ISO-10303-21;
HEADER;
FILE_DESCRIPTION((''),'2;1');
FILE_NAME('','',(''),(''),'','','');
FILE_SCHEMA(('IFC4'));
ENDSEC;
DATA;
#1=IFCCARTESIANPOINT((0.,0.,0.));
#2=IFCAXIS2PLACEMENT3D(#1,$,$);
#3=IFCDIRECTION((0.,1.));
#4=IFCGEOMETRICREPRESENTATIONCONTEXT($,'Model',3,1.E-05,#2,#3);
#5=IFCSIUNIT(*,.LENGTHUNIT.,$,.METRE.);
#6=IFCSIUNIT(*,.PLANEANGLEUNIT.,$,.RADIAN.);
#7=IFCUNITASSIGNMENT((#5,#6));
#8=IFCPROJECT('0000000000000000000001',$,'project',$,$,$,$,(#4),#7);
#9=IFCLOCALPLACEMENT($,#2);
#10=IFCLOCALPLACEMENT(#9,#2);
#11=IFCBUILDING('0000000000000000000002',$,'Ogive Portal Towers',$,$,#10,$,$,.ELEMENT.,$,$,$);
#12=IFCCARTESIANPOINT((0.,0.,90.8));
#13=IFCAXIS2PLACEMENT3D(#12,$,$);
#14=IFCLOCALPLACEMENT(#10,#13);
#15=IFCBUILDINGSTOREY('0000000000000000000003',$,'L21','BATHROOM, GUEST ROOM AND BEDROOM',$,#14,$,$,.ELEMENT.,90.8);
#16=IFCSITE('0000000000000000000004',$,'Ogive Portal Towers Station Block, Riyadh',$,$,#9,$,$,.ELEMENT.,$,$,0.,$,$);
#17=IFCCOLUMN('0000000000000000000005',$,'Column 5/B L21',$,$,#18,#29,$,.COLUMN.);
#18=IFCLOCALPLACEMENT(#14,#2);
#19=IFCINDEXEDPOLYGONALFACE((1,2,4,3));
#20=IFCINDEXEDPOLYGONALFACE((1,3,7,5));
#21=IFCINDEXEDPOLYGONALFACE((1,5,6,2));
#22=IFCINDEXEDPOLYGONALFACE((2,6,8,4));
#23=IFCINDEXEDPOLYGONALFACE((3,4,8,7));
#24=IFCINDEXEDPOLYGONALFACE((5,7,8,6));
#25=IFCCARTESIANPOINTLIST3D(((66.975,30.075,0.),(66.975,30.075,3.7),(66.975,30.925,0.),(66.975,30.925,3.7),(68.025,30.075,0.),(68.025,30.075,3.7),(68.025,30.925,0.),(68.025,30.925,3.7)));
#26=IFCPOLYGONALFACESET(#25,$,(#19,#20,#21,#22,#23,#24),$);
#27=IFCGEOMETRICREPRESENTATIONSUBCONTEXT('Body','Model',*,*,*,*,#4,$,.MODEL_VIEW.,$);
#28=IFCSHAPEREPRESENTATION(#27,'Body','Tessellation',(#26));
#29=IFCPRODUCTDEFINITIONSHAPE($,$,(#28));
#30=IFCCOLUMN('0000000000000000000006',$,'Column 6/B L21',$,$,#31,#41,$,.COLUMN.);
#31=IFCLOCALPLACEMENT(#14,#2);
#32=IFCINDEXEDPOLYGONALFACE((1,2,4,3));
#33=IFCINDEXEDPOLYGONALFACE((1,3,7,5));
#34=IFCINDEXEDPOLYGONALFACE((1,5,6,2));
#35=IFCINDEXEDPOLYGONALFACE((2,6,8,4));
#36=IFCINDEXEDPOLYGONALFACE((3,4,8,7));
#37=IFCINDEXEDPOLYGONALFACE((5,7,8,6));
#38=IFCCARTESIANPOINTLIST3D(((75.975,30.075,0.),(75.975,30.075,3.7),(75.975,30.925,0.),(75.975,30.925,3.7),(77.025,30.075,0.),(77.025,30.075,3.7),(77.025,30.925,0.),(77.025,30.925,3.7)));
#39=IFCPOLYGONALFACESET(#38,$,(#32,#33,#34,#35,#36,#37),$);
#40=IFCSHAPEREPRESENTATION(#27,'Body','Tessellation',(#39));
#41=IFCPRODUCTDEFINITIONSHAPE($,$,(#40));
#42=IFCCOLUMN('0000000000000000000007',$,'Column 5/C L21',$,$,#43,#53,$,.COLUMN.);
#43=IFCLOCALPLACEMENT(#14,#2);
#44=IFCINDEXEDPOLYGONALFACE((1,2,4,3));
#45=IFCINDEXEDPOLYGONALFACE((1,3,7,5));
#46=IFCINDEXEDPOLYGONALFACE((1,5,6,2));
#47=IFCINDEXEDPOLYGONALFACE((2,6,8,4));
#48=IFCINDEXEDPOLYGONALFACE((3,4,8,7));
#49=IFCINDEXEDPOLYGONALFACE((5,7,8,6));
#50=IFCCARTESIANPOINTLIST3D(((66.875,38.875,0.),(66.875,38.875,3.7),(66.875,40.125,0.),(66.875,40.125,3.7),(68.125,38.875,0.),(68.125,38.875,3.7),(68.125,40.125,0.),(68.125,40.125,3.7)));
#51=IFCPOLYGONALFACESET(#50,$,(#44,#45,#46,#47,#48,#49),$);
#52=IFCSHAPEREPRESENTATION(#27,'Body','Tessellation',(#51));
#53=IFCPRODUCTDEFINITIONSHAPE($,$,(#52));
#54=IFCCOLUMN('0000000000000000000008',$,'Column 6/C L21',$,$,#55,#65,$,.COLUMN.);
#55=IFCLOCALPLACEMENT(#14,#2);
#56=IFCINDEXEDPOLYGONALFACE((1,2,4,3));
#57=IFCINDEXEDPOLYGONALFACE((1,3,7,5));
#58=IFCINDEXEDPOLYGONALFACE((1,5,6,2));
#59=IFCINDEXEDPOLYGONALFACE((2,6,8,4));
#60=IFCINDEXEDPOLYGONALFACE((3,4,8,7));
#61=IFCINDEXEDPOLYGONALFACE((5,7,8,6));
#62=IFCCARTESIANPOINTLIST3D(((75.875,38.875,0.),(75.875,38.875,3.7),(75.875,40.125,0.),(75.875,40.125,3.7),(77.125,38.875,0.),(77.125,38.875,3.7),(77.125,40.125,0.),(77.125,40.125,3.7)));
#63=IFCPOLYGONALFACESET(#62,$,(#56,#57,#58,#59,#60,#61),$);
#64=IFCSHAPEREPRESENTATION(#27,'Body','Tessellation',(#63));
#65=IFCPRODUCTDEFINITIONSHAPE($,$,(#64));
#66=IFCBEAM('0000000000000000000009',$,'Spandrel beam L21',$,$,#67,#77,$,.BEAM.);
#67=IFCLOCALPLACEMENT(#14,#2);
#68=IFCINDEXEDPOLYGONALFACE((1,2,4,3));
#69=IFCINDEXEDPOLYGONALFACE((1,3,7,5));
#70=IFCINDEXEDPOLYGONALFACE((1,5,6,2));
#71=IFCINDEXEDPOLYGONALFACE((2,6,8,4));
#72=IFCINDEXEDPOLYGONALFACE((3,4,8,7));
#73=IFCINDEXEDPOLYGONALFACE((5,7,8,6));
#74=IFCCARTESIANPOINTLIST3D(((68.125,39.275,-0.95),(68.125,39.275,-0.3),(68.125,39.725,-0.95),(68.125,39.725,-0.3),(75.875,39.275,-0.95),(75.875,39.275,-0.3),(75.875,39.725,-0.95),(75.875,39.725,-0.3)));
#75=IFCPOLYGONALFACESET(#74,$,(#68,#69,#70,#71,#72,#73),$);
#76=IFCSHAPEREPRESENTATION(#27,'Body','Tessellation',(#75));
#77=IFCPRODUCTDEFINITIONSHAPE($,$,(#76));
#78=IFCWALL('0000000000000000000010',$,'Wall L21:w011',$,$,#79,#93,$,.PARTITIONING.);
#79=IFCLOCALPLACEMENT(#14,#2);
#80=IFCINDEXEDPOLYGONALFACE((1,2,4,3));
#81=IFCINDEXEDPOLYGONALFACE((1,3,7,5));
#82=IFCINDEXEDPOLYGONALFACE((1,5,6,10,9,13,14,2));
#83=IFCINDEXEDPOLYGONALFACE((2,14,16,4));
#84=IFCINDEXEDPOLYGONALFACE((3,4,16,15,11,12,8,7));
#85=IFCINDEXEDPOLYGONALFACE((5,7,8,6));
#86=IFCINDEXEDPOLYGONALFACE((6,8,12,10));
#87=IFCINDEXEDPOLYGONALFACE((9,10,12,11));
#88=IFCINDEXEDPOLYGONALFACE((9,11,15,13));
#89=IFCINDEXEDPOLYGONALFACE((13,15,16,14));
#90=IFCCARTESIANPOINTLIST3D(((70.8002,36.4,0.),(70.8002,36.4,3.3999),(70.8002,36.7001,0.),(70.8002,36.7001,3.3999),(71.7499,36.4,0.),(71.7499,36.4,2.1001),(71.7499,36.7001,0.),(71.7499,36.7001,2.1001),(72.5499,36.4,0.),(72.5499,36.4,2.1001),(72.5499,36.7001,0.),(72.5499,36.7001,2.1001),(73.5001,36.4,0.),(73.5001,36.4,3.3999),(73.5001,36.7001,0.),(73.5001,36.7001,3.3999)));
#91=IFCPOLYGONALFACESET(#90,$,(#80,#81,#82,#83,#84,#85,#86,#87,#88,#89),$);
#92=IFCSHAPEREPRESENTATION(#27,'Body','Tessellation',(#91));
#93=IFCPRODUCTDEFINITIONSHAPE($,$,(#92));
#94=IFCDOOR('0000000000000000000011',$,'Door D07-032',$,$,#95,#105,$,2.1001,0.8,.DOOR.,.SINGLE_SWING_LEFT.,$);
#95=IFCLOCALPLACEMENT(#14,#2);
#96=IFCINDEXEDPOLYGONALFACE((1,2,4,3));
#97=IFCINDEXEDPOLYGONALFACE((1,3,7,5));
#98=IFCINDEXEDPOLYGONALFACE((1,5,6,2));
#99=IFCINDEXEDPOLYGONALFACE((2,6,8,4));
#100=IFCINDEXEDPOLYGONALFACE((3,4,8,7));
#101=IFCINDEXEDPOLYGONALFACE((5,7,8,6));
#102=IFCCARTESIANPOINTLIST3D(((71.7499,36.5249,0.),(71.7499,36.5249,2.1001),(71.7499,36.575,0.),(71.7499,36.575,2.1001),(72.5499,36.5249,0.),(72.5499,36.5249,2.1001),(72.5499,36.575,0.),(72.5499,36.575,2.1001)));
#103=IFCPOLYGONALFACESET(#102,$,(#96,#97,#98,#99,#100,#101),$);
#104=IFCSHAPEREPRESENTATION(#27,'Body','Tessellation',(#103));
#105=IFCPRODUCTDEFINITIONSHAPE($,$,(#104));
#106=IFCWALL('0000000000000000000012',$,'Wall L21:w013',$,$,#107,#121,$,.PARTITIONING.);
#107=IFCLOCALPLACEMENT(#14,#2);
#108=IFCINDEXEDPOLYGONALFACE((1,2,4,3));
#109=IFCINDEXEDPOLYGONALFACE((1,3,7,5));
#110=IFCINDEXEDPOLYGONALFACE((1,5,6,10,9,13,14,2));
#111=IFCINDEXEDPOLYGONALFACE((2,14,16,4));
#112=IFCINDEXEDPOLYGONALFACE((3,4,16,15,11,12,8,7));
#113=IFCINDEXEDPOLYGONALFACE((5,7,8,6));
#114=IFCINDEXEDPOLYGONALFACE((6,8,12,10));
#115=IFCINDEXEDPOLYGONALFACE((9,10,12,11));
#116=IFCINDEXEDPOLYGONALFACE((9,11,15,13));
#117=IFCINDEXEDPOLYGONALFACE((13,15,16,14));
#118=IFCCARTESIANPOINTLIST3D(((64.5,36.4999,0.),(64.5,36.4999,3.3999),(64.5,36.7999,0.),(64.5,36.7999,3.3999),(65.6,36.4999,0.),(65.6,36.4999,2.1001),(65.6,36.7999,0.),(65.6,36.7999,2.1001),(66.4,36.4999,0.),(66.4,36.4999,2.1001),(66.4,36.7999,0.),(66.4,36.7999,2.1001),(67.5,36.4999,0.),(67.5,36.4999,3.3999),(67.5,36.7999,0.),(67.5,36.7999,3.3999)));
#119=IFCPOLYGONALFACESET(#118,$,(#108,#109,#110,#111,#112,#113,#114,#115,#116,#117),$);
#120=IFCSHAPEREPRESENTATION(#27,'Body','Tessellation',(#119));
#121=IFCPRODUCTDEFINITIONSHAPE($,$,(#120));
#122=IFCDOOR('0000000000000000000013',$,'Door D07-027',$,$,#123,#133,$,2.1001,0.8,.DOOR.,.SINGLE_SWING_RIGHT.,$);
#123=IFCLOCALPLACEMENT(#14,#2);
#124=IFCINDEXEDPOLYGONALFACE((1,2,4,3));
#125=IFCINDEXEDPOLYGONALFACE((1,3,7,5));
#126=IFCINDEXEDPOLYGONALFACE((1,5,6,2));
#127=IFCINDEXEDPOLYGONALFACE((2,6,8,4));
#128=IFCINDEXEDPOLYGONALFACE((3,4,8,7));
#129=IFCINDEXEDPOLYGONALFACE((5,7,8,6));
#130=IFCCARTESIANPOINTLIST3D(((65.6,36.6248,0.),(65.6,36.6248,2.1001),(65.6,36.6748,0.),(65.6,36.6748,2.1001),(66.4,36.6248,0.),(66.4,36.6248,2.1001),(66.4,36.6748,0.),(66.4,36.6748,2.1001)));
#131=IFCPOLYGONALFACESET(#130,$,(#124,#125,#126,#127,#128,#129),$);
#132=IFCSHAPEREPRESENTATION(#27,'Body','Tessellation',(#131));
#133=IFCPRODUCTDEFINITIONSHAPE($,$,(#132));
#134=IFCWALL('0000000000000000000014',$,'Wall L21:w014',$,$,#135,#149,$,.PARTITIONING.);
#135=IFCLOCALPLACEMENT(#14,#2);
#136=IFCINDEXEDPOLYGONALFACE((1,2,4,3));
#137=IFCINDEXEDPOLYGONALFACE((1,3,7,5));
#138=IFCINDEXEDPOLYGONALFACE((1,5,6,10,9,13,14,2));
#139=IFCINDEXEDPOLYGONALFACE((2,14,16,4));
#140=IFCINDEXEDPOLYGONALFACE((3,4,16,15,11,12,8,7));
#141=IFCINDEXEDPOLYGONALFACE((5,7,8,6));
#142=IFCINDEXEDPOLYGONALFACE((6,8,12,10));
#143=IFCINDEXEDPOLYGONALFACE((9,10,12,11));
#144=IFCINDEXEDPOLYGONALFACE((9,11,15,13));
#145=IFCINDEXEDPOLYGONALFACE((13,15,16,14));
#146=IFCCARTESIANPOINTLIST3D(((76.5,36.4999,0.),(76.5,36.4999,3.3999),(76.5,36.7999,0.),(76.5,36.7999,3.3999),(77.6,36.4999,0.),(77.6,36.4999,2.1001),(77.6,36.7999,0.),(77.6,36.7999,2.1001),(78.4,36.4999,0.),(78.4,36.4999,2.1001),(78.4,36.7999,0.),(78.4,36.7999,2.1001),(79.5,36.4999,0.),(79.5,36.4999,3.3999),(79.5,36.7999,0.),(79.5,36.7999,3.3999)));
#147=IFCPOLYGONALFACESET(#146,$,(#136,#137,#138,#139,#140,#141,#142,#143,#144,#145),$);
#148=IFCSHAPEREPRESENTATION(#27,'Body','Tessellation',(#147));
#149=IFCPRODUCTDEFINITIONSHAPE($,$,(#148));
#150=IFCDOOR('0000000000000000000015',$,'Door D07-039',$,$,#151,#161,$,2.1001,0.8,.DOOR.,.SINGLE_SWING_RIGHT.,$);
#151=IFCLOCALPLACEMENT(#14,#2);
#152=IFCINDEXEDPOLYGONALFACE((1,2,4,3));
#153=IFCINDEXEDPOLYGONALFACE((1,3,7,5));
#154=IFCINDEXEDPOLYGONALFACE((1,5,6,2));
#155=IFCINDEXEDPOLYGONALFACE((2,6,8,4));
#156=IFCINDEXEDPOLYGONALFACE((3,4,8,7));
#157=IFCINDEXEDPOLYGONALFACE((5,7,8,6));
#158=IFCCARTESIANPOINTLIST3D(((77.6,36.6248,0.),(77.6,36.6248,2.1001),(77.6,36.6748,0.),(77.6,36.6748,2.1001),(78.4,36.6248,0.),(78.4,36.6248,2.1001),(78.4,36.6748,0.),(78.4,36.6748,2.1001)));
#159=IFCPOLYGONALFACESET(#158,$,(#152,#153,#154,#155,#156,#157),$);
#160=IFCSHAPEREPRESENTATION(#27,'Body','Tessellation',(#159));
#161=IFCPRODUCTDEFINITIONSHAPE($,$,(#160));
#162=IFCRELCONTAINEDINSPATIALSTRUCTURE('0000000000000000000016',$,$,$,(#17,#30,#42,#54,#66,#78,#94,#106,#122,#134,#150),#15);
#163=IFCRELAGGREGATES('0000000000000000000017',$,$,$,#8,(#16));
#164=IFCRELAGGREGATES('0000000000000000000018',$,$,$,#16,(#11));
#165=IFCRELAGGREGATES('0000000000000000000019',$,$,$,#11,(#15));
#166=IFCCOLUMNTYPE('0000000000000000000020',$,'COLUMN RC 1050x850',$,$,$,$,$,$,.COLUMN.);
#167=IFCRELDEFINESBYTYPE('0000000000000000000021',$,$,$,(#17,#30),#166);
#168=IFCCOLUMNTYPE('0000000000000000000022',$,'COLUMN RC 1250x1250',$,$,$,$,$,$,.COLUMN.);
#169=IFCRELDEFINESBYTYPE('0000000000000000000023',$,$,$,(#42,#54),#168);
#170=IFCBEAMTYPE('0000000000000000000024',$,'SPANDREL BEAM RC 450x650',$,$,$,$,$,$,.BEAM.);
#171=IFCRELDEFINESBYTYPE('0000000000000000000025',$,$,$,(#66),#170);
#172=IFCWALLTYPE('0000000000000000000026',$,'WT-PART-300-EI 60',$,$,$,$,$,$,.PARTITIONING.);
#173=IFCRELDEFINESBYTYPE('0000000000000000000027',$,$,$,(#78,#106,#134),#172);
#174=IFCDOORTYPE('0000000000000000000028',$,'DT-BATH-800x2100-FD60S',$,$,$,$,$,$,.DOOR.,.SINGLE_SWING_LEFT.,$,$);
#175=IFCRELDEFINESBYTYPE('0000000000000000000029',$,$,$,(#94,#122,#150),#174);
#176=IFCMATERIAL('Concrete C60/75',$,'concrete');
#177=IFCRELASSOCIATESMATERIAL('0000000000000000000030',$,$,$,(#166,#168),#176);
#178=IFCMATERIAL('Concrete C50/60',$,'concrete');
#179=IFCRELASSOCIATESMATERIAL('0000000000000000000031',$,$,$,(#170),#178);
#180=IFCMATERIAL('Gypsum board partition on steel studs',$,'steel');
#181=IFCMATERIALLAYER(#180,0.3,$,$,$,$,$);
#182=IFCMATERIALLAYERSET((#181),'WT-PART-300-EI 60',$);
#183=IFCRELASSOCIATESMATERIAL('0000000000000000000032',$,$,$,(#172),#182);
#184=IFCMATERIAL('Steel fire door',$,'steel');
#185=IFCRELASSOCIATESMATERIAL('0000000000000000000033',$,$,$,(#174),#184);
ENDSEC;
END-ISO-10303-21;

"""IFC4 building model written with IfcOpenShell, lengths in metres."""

from ifc_helpers import new_model, si_unit, direction, frame, frame_2d, origin, origin_2d, place, context, subcontext, project, spatial, rectangle, extrude, material, layer, layer_set, material_profile, profile_set, type_object, element, fill, save


model = new_model("IFC4")

# Units and contexts
model_context = context("Model", 3, precision=1e-05, world=origin(), true_north=direction((0.0, 1.0)))
body_context = subcontext(model_context, "Body", "Model", "MODEL_VIEW")
ifc_project = project(units=[si_unit("LENGTHUNIT", "METRE"), si_unit("PLANEANGLEUNIT", "RADIAN")], contexts=[model_context])

# Site, building, storey
site_placement = place(None, origin())
site = spatial("IfcSite", under=ifc_project, at=site_placement, Name="Ogive Portal Towers Station Block, Riyadh", CompositionType="ELEMENT", RefElevation=0.0)
building_placement = place(site_placement, origin())
building = spatial("IfcBuilding", under=site, at=building_placement, Name="Ogive Portal Towers", CompositionType="ELEMENT")
storey_placement = place(building_placement, frame((0.0, 0.0, 90.8)))
storey = spatial("IfcBuildingStorey", under=building, at=storey_placement, Name="L21", Description="BATHROOM, GUEST ROOM AND BEDROOM", CompositionType="ELEMENT", Elevation=90.8)

# Columns
ifc_material_1 = material(Name="Concrete C60/75", Category="concrete")
ifc_material_profile_1 = material_profile(ifc_material_1, rectangle(XDim=1.05, YDim=0.8501, at=origin_2d()), Name="RC 1050x850")
ifc_profile_set_1 = profile_set([ifc_material_profile_1], Name="Concrete C60/75")
column_type_1 = type_object("IfcColumnType", Name="COLUMN RC 1050x850", PredefinedType="COLUMN", material=ifc_profile_set_1)
for number, where, z_axis, x_axis, name in (
    (1, (67.5, 30.5, 0.0), (0.0, 0.0, 1.0), (1.0, 0.0, 0.0), "Column 5/B L21"),
    (2, (76.5, 30.5, 0.0), (0.0, 0.0, 1.0), (1.0, 0.0, 0.0), "Column 6/B L21"),
):
    element("IfcColumn", number, at=place(storey_placement, frame(where, z_axis=z_axis, x_axis=x_axis)), inside=storey, type_object=column_type_1, Name=name, PredefinedType="COLUMN", context=body_context, shape_type="SweptSolid", body=[
        extrude(rectangle(XDim=1.05, YDim=0.8501, at=origin_2d()), origin(), (0.0, 0.0, 1.0), 3.7),
    ])
ifc_material_profile_2 = material_profile(ifc_material_1, rectangle(XDim=1.25, YDim=1.25, at=origin_2d()), Name="RC 1250x1250")
ifc_profile_set_2 = profile_set([ifc_material_profile_2], Name="Concrete C60/75")
column_type_2 = type_object("IfcColumnType", Name="COLUMN RC 1250x1250", PredefinedType="COLUMN", material=ifc_profile_set_2)
for number, where, z_axis, x_axis, name in (
    (3, (67.5, 39.5, 0.0), (0.0, 0.0, 1.0), (1.0, 0.0, 0.0), "Column 5/C L21"),
    (4, (76.5, 39.5, 0.0), (0.0, 0.0, 1.0), (1.0, 0.0, 0.0), "Column 6/C L21"),
):
    element("IfcColumn", number, at=place(storey_placement, frame(where, z_axis=z_axis, x_axis=x_axis)), inside=storey, type_object=column_type_2, Name=name, PredefinedType="COLUMN", context=body_context, shape_type="SweptSolid", body=[
        extrude(rectangle(XDim=1.25, YDim=1.25, at=origin_2d()), origin(), (0.0, 0.0, 1.0), 3.7),
    ])

# Beam
ifc_material_2 = material(Name="Concrete C50/60", Category="concrete")
ifc_material_profile_3 = material_profile(ifc_material_2, rectangle(XDim=0.45, YDim=0.6499, at=origin_2d()), Name="RC 450x650")
ifc_profile_set_3 = profile_set([ifc_material_profile_3], Name="Concrete C50/60")
beam_type = type_object("IfcBeamType", Name="SPANDREL BEAM RC 450x650", PredefinedType="BEAM", material=ifc_profile_set_3)
beam_placement = place(storey_placement, frame((68.125, 39.5, -0.625), z_axis=(1.0, 0.0, 0.0), x_axis=(0.0, 1.0, 0.0)))
element("IfcBeam", 5, at=beam_placement, inside=storey, type_object=beam_type, Name="Spandrel beam L21", PredefinedType="BEAM", context=body_context, shape_type="SweptSolid", body=[
    extrude(rectangle(XDim=0.45, YDim=0.6499, at=origin_2d()), origin(), (0.0, 0.0, 1.0), 7.75),
])

# Walls, openings, doors
ifc_material_3 = material(Name="Gypsum board partition on steel studs", Category="steel")
ifc_layer_1 = layer(ifc_material_3, 0.3)
ifc_layer_set_1 = layer_set([ifc_layer_1], Name="WT-PART-300-EI 60")
wall_type_1 = type_object("IfcWallType", Name="WT-PART-300-EI 60", PredefinedType="PARTITIONING", material=ifc_layer_set_1)
wall_1_placement = place(storey_placement, frame((70.8, 36.55, 0.0), z_axis=(0.0, 0.0, 1.0), x_axis=(1.0, 0.0, 0.0)))
wall_1 = element("IfcWall", 6, at=wall_1_placement, inside=storey, type_object=wall_type_1, Name="Wall L21:w011", PredefinedType="PARTITIONING", context=body_context, shape_type="SweptSolid", body=[
    extrude(rectangle(XDim=2.7, YDim=0.3, at=frame_2d((1.3501, 0.0))), origin(), (0.0, 0.0, 1.0), 3.3999),
])
opening_1_placement = place(wall_1_placement, frame((0.95, 0.0, 0.0)))
opening_1 = element("IfcOpeningElement", 7, at=opening_1_placement, cuts=wall_1, PredefinedType="OPENING", context=body_context, shape_type="SweptSolid", body=[
    extrude(rectangle(XDim=0.8, YDim=2.1001, at=frame_2d((0.3999, 1.05))), frame((0.0, 0.1602, 0.0), z_axis=(0.0, -1.0, 0.0), x_axis=(1.0, 0.0, 0.0)), (0.0, 0.0, 1.0), 0.3201),
])
ifc_material_4 = material(Name="Steel fire door", Category="steel")
door_type_1 = type_object("IfcDoorType", Name="DT-BATH-800x2100-FD60S", OperationType="SINGLE_SWING_LEFT", PredefinedType="DOOR", material=ifc_material_4)
door_1_placement = place(opening_1_placement, origin())
door_1 = element("IfcDoor", 8, at=door_1_placement, inside=storey, type_object=door_type_1, Name="Door D07-032", OperationType="SINGLE_SWING_LEFT", OverallHeight=2.1001, OverallWidth=0.8, PredefinedType="DOOR", context=body_context, shape_type="SweptSolid", body=[
    extrude(rectangle(XDim=0.8, YDim=2.1001, at=frame_2d((0.3999, 1.05))), frame((0.0, 0.0249, 0.0), z_axis=(0.0, -1.0, 0.0), x_axis=(1.0, 0.0, 0.0)), (0.0, 0.0, 1.0), 0.05),
])
fill(opening_1, door_1)
wall_2_placement = place(storey_placement, frame((64.5, 36.6499, 0.0), z_axis=(0.0, 0.0, 1.0), x_axis=(1.0, 0.0, 0.0)))
wall_2 = element("IfcWall", 9, at=wall_2_placement, inside=storey, type_object=wall_type_1, Name="Wall L21:w013", PredefinedType="PARTITIONING", context=body_context, shape_type="SweptSolid", body=[
    extrude(rectangle(XDim=3.0, YDim=0.3, at=frame_2d((1.5, 0.0))), origin(), (0.0, 0.0, 1.0), 3.3999),
])
opening_2_placement = place(wall_2_placement, frame((1.1001, 0.0, 0.0)))
opening_2 = element("IfcOpeningElement", 10, at=opening_2_placement, cuts=wall_2, PredefinedType="OPENING", context=body_context, shape_type="SweptSolid", body=[
    extrude(rectangle(XDim=0.8, YDim=2.1001, at=frame_2d((0.3999, 1.05))), frame((0.0, 0.1602, 0.0), z_axis=(0.0, -1.0, 0.0), x_axis=(1.0, 0.0, 0.0)), (0.0, 0.0, 1.0), 0.3201),
])
door_2_placement = place(opening_2_placement, origin())
door_2 = element("IfcDoor", 11, at=door_2_placement, inside=storey, type_object=door_type_1, Name="Door D07-027", OperationType="SINGLE_SWING_RIGHT", OverallHeight=2.1001, OverallWidth=0.8, PredefinedType="DOOR", context=body_context, shape_type="SweptSolid", body=[
    extrude(rectangle(XDim=0.8, YDim=2.1001, at=frame_2d((0.3999, 1.05))), frame((0.0, 0.0249, 0.0), z_axis=(0.0, -1.0, 0.0), x_axis=(1.0, 0.0, 0.0)), (0.0, 0.0, 1.0), 0.05),
])
fill(opening_2, door_2)
wall_3_placement = place(storey_placement, frame((76.5, 36.6499, 0.0), z_axis=(0.0, 0.0, 1.0), x_axis=(1.0, 0.0, 0.0)))
wall_3 = element("IfcWall", 12, at=wall_3_placement, inside=storey, type_object=wall_type_1, Name="Wall L21:w014", PredefinedType="PARTITIONING", context=body_context, shape_type="SweptSolid", body=[
    extrude(rectangle(XDim=3.0, YDim=0.3, at=frame_2d((1.5, 0.0))), origin(), (0.0, 0.0, 1.0), 3.3999),
])
opening_3_placement = place(wall_3_placement, frame((1.1001, 0.0, 0.0)))
opening_3 = element("IfcOpeningElement", 13, at=opening_3_placement, cuts=wall_3, PredefinedType="OPENING", context=body_context, shape_type="SweptSolid", body=[
    extrude(rectangle(XDim=0.8, YDim=2.1001, at=frame_2d((0.3999, 1.05))), frame((0.0, 0.1602, 0.0), z_axis=(0.0, -1.0, 0.0), x_axis=(1.0, 0.0, 0.0)), (0.0, 0.0, 1.0), 0.3201),
])
door_3_placement = place(opening_3_placement, origin())
door_3 = element("IfcDoor", 14, at=door_3_placement, inside=storey, type_object=door_type_1, Name="Door D07-039", OperationType="SINGLE_SWING_RIGHT", OverallHeight=2.1001, OverallWidth=0.8, PredefinedType="DOOR", context=body_context, shape_type="SweptSolid", body=[
    extrude(rectangle(XDim=0.8, YDim=2.1001, at=frame_2d((0.3999, 1.05))), frame((0.0, 0.0249, 0.0), z_axis=(0.0, -1.0, 0.0), x_axis=(1.0, 0.0, 0.0)), (0.0, 0.0, 1.0), 0.05),
])
fill(opening_3, door_3)

save(model, "model.ifc")
